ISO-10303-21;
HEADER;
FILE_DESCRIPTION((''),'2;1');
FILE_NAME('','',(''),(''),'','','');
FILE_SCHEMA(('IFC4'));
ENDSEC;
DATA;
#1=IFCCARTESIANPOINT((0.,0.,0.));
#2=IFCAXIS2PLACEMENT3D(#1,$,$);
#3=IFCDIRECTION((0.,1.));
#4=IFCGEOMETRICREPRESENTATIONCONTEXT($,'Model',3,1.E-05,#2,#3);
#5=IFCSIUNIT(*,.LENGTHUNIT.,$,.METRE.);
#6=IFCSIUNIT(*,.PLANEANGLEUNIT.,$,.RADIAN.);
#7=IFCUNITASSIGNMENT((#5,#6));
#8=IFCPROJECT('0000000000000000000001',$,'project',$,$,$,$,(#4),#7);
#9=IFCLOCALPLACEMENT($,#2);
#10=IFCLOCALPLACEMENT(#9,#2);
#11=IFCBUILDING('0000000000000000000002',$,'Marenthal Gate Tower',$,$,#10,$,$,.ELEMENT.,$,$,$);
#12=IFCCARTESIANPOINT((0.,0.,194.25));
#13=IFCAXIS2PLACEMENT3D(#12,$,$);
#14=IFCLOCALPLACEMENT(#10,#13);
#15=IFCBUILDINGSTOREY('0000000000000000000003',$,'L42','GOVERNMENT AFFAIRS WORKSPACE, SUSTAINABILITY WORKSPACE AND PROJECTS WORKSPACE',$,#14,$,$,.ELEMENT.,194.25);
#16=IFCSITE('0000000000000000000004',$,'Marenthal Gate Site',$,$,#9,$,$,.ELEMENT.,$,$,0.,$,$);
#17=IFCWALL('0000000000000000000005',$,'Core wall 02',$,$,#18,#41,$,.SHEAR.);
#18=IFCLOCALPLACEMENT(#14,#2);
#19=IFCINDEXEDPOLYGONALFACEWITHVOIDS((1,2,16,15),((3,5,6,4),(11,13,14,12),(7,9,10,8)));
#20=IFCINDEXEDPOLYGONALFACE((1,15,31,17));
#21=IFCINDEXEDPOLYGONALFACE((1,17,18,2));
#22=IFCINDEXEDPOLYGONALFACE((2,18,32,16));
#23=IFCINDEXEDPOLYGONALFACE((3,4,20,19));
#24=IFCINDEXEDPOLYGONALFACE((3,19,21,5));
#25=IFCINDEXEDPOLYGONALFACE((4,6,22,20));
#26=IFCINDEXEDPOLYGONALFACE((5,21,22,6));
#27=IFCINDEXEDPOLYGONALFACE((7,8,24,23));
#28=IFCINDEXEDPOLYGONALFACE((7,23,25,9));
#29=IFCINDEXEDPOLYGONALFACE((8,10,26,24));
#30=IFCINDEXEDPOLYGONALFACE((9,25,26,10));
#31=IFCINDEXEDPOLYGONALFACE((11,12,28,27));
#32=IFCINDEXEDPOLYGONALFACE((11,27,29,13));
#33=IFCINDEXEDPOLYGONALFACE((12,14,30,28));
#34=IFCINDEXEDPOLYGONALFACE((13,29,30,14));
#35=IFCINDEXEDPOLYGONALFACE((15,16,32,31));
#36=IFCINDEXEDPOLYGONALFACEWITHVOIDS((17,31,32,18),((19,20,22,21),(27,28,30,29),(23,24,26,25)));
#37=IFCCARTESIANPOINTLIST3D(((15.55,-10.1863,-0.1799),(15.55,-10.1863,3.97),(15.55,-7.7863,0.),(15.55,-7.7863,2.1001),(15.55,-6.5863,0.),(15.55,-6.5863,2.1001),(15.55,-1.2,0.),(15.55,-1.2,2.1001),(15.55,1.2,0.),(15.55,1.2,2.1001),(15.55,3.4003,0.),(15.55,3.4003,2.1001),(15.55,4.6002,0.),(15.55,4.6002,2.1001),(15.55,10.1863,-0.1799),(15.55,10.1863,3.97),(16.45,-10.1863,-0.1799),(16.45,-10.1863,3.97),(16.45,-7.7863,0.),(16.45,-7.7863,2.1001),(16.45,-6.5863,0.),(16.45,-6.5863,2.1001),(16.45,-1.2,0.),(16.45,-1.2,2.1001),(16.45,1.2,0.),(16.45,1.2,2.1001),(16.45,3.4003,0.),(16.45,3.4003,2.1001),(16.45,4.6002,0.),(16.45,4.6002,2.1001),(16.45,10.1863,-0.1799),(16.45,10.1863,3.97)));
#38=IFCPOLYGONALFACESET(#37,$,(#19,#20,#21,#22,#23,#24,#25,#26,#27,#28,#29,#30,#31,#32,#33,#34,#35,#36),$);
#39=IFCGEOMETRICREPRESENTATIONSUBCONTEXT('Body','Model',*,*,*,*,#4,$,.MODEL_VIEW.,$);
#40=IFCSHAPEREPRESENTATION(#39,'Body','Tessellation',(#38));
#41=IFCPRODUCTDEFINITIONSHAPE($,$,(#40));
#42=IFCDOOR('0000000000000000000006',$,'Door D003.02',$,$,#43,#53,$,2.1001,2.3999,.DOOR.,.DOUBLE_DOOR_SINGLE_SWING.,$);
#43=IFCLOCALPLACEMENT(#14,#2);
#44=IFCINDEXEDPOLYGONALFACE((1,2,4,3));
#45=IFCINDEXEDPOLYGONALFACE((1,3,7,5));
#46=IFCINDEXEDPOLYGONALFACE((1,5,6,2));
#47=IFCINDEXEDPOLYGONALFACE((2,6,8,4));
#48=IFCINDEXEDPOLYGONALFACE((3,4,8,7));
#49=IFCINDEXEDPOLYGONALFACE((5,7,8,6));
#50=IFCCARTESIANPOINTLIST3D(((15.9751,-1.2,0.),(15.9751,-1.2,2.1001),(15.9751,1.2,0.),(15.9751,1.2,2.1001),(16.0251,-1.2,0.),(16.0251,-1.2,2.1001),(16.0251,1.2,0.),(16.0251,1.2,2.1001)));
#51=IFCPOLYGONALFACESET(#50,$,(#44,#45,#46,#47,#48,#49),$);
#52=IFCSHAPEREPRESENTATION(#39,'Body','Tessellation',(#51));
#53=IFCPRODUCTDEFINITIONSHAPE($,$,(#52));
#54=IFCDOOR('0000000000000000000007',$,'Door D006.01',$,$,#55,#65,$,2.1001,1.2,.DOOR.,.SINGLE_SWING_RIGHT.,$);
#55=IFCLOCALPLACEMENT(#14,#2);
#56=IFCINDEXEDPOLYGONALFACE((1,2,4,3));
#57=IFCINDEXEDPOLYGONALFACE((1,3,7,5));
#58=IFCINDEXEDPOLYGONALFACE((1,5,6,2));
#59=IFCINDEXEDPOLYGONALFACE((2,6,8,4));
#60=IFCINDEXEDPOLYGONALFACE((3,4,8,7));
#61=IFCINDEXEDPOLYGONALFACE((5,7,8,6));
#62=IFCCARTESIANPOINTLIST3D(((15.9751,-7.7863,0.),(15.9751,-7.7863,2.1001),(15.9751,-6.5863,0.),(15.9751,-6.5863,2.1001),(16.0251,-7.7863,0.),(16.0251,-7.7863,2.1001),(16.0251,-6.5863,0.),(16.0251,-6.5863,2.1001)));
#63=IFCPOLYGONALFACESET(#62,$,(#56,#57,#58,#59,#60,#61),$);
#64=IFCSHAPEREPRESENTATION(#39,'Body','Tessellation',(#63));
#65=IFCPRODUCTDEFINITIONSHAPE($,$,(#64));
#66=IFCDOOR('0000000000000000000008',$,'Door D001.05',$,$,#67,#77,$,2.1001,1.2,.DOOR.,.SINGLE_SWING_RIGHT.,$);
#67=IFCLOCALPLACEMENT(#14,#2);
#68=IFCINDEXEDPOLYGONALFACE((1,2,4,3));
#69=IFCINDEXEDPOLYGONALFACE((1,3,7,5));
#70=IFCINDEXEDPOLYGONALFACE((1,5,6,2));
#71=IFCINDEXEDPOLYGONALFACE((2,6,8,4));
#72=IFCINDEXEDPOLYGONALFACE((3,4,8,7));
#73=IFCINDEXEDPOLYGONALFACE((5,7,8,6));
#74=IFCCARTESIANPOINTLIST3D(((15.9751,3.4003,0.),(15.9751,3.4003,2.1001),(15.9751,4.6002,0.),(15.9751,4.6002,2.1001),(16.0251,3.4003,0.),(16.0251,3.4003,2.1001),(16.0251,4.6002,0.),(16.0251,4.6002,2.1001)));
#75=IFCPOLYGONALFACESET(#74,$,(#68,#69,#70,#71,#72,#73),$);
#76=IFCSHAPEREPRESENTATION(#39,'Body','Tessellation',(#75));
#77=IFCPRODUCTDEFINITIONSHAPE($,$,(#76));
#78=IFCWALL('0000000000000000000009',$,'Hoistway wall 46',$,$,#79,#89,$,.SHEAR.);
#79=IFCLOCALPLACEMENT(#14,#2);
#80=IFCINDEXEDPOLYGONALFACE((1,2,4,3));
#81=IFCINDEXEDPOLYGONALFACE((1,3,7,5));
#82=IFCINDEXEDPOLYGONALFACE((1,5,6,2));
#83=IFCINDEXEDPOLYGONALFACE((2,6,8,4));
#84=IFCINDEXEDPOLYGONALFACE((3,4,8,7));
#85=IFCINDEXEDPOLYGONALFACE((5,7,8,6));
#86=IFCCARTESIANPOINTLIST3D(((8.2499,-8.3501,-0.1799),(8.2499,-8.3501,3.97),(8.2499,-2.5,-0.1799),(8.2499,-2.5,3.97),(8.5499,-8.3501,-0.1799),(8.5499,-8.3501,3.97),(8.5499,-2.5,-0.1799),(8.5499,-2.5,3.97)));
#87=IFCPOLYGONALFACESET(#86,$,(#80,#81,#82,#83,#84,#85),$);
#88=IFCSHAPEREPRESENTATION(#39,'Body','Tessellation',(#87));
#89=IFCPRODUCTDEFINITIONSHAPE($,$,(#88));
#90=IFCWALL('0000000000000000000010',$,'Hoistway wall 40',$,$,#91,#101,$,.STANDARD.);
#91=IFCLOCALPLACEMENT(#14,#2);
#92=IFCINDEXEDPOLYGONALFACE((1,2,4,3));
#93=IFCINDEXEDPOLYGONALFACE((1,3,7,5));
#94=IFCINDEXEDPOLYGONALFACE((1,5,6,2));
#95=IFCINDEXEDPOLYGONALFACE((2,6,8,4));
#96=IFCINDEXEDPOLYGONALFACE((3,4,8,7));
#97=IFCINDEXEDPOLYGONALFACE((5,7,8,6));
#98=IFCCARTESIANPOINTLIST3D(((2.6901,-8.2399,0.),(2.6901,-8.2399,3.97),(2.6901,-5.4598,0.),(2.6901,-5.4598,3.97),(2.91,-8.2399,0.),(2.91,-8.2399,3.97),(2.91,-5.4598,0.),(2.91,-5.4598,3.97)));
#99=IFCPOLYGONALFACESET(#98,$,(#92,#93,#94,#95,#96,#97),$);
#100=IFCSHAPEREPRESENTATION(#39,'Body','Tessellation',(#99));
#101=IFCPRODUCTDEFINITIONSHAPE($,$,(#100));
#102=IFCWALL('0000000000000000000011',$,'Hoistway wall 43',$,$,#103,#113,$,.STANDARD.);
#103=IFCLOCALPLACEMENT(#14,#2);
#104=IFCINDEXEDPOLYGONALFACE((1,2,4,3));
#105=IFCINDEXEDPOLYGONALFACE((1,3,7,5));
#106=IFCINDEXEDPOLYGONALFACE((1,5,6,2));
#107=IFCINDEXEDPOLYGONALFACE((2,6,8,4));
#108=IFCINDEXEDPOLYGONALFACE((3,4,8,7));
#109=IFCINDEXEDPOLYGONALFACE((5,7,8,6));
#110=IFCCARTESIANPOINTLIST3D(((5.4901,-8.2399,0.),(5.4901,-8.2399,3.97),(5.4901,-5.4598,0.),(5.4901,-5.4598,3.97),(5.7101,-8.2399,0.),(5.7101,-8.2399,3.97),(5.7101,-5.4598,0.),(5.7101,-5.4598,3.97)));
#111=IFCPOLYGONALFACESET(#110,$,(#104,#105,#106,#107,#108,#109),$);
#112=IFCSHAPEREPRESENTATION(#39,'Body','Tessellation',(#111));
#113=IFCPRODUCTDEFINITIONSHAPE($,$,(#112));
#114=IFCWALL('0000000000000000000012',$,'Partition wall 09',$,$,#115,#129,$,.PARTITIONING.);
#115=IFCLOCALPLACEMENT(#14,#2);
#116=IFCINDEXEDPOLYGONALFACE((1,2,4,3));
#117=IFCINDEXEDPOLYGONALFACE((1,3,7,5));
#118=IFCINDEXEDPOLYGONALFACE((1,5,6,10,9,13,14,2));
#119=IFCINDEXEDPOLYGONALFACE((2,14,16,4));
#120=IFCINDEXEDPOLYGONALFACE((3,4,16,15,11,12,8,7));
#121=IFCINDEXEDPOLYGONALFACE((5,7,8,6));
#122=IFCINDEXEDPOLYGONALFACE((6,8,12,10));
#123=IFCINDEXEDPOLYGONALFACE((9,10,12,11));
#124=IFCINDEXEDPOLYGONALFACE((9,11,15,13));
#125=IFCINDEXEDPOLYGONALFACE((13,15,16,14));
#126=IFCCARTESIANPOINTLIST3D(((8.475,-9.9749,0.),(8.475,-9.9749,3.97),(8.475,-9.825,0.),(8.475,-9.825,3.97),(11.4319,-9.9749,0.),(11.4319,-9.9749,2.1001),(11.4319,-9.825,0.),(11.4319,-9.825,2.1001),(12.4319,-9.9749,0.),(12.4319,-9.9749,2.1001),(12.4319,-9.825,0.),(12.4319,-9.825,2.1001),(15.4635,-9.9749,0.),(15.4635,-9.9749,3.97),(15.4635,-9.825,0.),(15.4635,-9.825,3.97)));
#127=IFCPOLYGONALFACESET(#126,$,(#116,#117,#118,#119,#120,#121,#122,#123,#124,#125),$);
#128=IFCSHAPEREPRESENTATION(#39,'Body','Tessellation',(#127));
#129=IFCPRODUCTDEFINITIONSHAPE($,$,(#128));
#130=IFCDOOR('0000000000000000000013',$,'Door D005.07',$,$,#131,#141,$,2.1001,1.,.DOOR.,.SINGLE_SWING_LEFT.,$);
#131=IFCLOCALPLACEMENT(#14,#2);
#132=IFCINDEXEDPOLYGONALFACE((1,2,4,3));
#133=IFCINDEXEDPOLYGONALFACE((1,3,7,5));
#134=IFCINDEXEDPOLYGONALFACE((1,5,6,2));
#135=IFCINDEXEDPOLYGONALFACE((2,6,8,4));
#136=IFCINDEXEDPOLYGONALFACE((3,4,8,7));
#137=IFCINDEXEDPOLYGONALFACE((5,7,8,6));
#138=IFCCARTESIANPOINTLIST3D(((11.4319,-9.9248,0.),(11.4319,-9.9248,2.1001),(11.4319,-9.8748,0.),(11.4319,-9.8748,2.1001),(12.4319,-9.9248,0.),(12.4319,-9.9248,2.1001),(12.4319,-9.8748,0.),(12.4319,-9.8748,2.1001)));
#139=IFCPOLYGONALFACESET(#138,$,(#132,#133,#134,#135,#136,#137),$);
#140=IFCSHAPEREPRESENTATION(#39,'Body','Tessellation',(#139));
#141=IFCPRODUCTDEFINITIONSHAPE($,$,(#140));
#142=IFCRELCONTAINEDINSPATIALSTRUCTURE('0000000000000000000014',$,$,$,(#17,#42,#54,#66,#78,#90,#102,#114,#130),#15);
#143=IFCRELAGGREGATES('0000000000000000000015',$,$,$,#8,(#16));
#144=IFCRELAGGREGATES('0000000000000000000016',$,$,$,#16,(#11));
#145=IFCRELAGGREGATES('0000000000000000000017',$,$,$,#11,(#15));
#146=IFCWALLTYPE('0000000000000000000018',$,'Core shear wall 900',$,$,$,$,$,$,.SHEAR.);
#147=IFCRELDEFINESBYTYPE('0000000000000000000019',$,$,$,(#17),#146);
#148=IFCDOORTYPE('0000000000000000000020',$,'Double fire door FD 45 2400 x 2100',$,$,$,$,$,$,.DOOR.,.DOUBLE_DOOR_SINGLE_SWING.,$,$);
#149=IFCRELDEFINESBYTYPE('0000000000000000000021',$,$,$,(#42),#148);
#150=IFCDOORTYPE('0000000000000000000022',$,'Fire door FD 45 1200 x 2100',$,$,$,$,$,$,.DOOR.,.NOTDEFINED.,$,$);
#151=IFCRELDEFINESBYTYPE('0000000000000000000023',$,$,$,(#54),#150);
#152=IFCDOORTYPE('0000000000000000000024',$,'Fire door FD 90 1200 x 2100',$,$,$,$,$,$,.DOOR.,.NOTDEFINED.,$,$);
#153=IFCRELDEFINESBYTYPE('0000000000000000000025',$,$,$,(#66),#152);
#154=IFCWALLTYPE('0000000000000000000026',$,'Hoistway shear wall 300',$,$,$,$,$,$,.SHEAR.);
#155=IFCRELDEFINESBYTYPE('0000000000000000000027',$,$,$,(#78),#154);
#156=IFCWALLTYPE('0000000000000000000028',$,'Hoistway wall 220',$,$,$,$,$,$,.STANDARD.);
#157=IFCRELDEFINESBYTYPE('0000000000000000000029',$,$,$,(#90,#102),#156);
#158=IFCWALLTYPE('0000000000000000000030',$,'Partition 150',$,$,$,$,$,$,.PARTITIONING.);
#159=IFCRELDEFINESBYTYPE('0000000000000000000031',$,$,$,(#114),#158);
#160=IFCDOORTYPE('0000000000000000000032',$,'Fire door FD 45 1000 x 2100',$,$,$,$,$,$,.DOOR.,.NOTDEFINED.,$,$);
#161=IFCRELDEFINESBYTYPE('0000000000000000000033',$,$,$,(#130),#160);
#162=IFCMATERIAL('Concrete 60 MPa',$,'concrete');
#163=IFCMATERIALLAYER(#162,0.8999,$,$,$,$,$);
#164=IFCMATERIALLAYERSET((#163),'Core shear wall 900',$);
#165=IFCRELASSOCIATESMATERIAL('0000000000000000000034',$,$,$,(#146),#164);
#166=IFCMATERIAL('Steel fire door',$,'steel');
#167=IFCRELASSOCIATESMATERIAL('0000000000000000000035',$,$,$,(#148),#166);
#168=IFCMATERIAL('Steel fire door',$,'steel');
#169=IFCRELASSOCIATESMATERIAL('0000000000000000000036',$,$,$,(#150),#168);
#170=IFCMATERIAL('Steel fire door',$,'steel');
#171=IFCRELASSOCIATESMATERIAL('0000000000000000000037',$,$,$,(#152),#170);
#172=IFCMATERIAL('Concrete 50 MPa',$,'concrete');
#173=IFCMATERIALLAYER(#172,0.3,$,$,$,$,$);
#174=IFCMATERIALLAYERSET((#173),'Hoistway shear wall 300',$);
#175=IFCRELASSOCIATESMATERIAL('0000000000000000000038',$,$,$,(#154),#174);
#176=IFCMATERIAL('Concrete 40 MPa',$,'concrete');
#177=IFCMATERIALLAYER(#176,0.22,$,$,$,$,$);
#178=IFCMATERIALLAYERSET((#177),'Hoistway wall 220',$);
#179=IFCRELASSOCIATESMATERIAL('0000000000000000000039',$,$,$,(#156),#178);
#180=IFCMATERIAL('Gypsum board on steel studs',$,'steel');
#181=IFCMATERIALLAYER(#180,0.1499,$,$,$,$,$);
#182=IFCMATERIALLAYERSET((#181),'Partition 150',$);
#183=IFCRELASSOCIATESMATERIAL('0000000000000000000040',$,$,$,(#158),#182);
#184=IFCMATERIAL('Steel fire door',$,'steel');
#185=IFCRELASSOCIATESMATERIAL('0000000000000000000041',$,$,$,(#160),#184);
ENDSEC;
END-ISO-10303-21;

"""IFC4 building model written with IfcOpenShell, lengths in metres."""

from ifc_helpers import new_model, si_unit, direction, frame, frame_2d, origin, place, context, subcontext, project, spatial, rectangle, extrude, material, layer, layer_set, type_object, element, fill, save


model = new_model("IFC4")

# Units and contexts
model_context = context("Model", 3, precision=1e-05, world=origin(), true_north=direction((0.0, 1.0)))
body_context = subcontext(model_context, "Body", "Model", "MODEL_VIEW")
ifc_project = project(units=[si_unit("LENGTHUNIT", "METRE"), si_unit("PLANEANGLEUNIT", "RADIAN")], contexts=[model_context])

# Site, building, storey
site_placement = place(None, origin())
site = spatial("IfcSite", under=ifc_project, at=site_placement, Name="Marenthal Gate Site", CompositionType="ELEMENT", RefElevation=0.0)
building_placement = place(site_placement, origin())
building = spatial("IfcBuilding", under=site, at=building_placement, Name="Marenthal Gate Tower", CompositionType="ELEMENT")
storey_placement = place(building_placement, frame((0.0, 0.0, 194.25)))
storey = spatial("IfcBuildingStorey", under=building, at=storey_placement, Name="L42", Description="GOVERNMENT AFFAIRS WORKSPACE, SUSTAINABILITY WORKSPACE AND PROJECTS WORKSPACE", CompositionType="ELEMENT", Elevation=194.25)

# Wall, openings, doors
ifc_material_1 = material(Name="Concrete 60 MPa", Category="concrete")
ifc_layer_1 = layer(ifc_material_1, 0.8999)
ifc_layer_set_1 = layer_set([ifc_layer_1], Name="Core shear wall 900")
wall_type_1 = type_object("IfcWallType", Name="Core shear wall 900", PredefinedType="SHEAR", material=ifc_layer_set_1)
wall_1_placement = place(storey_placement, frame((16.0, -10.1863, -0.1799), z_axis=(0.0, 0.0, 1.0), x_axis=(0.0, 1.0, 0.0)))
wall_1 = element("IfcWall", 1, at=wall_1_placement, inside=storey, type_object=wall_type_1, Name="Core wall 02", PredefinedType="SHEAR", context=body_context, shape_type="SweptSolid", body=[
    extrude(rectangle(XDim=20.3726, YDim=0.8999, at=frame_2d((10.1863, 0.0))), origin(), (0.0, 0.0, 1.0), 4.1499),
])
opening_1_placement = place(wall_1_placement, frame((8.9863, 0.0, 0.1799)))
opening_1 = element("IfcOpeningElement", 2, at=opening_1_placement, cuts=wall_1, PredefinedType="OPENING", context=body_context, shape_type="SweptSolid", body=[
    extrude(rectangle(XDim=2.3999, YDim=2.1001, at=frame_2d((1.2, 1.05))), frame((0.0, 0.46, 0.0), z_axis=(0.0, -1.0, 0.0), x_axis=(1.0, 0.0, 0.0)), (0.0, 0.0, 1.0), 0.9199),
])
opening_2_placement = place(wall_1_placement, frame((13.5864, 0.0, 0.1799)))
opening_2 = element("IfcOpeningElement", 3, at=opening_2_placement, cuts=wall_1, PredefinedType="OPENING", context=body_context, shape_type="SweptSolid", body=[
    extrude(rectangle(XDim=1.2, YDim=2.1001, at=frame_2d((0.6001, 1.05))), frame((0.0, 0.46, 0.0), z_axis=(0.0, -1.0, 0.0), x_axis=(1.0, 0.0, 0.0)), (0.0, 0.0, 1.0), 0.9199),
])
opening_3_placement = place(wall_1_placement, frame((2.3999, 0.0, 0.1799)))
opening_3 = element("IfcOpeningElement", 4, at=opening_3_placement, cuts=wall_1, PredefinedType="OPENING", context=body_context, shape_type="SweptSolid", body=[
    extrude(rectangle(XDim=1.2, YDim=2.1001, at=frame_2d((0.6001, 1.05))), frame((0.0, 0.46, 0.0), z_axis=(0.0, -1.0, 0.0), x_axis=(1.0, 0.0, 0.0)), (0.0, 0.0, 1.0), 0.9199),
])
ifc_material_2 = material(Name="Steel fire door", Category="steel")
door_type_1 = type_object("IfcDoorType", Name="Double fire door FD 45 2400 x 2100", OperationType="DOUBLE_DOOR_SINGLE_SWING", PredefinedType="DOOR", material=ifc_material_2)
door_1_placement = place(opening_1_placement, origin())
door_1 = element("IfcDoor", 5, at=door_1_placement, inside=storey, type_object=door_type_1, Name="Door D003.02", OperationType="DOUBLE_DOOR_SINGLE_SWING", OverallHeight=2.1001, OverallWidth=2.3999, PredefinedType="DOOR", context=body_context, shape_type="SweptSolid", body=[
    extrude(rectangle(XDim=2.3999, YDim=2.1001, at=frame_2d((1.2, 1.05))), frame((0.0, 0.0249, 0.0), z_axis=(0.0, -1.0, 0.0), x_axis=(1.0, 0.0, 0.0)), (0.0, 0.0, 1.0), 0.05),
])
fill(opening_1, door_1)
ifc_material_3 = material(Name="Steel fire door", Category="steel")
door_type_2 = type_object("IfcDoorType", Name="Fire door FD 45 1200 x 2100", OperationType="NOTDEFINED", PredefinedType="DOOR", material=ifc_material_3)
door_2_placement = place(opening_3_placement, origin())
door_2 = element("IfcDoor", 6, at=door_2_placement, inside=storey, type_object=door_type_2, Name="Door D006.01", OperationType="SINGLE_SWING_RIGHT", OverallHeight=2.1001, OverallWidth=1.2, PredefinedType="DOOR", context=body_context, shape_type="SweptSolid", body=[
    extrude(rectangle(XDim=1.2, YDim=2.1001, at=frame_2d((0.6001, 1.05))), frame((0.0, 0.0249, 0.0), z_axis=(0.0, -1.0, 0.0), x_axis=(1.0, 0.0, 0.0)), (0.0, 0.0, 1.0), 0.05),
])
fill(opening_3, door_2)
ifc_material_4 = material(Name="Steel fire door", Category="steel")
door_type_3 = type_object("IfcDoorType", Name="Fire door FD 90 1200 x 2100", OperationType="NOTDEFINED", PredefinedType="DOOR", material=ifc_material_4)
door_3_placement = place(opening_2_placement, origin())
door_3 = element("IfcDoor", 7, at=door_3_placement, inside=storey, type_object=door_type_3, Name="Door D001.05", OperationType="SINGLE_SWING_RIGHT", OverallHeight=2.1001, OverallWidth=1.2, PredefinedType="DOOR", context=body_context, shape_type="SweptSolid", body=[
    extrude(rectangle(XDim=1.2, YDim=2.1001, at=frame_2d((0.6001, 1.05))), frame((0.0, 0.0249, 0.0), z_axis=(0.0, -1.0, 0.0), x_axis=(1.0, 0.0, 0.0)), (0.0, 0.0, 1.0), 0.05),
])
fill(opening_2, door_3)

# Walls
ifc_material_5 = material(Name="Concrete 50 MPa", Category="concrete")
ifc_layer_2 = layer(ifc_material_5, 0.3)
ifc_layer_set_2 = layer_set([ifc_layer_2], Name="Hoistway shear wall 300")
wall_type_2 = type_object("IfcWallType", Name="Hoistway shear wall 300", PredefinedType="SHEAR", material=ifc_layer_set_2)
wall_2_placement = place(storey_placement, frame((8.3999, -8.3501, -0.1799), z_axis=(0.0, 0.0, 1.0), x_axis=(0.0, 1.0, 0.0)))
element("IfcWall", 8, at=wall_2_placement, inside=storey, type_object=wall_type_2, Name="Hoistway wall 46", PredefinedType="SHEAR", context=body_context, shape_type="SweptSolid", body=[
    extrude(rectangle(XDim=5.8501, YDim=0.3, at=frame_2d((2.925, 0.0))), origin(), (0.0, 0.0, 1.0), 4.1499),
])
ifc_material_6 = material(Name="Concrete 40 MPa", Category="concrete")
ifc_layer_3 = layer(ifc_material_6, 0.22)
ifc_layer_set_3 = layer_set([ifc_layer_3], Name="Hoistway wall 220")
wall_type_3 = type_object("IfcWallType", Name="Hoistway wall 220", PredefinedType="STANDARD", material=ifc_layer_set_3)
for number, where, z_axis, x_axis, name in (
    (9, (2.8, -8.24, 0.0), (0.0, 0.0, 1.0), (0.0, 1.0, 0.0), "Hoistway wall 40"),
    (10, (5.6001, -8.24, 0.0), (0.0, 0.0, 1.0), (0.0, 1.0, 0.0), "Hoistway wall 43"),
):
    element("IfcWall", number, at=place(storey_placement, frame(where, z_axis=z_axis, x_axis=x_axis)), inside=storey, type_object=wall_type_3, Name=name, PredefinedType="STANDARD", context=body_context, shape_type="SweptSolid", body=[
        extrude(rectangle(XDim=2.78, YDim=0.22, at=frame_2d((1.3901, 0.0))), origin(), (0.0, 0.0, 1.0), 3.97),
    ])

# Wall, opening, door
ifc_material_7 = material(Name="Gypsum board on steel studs", Category="steel")
ifc_layer_4 = layer(ifc_material_7, 0.1499)
ifc_layer_set_4 = layer_set([ifc_layer_4], Name="Partition 150")
wall_type_4 = type_object("IfcWallType", Name="Partition 150", PredefinedType="PARTITIONING", material=ifc_layer_set_4)
wall_3_placement = place(storey_placement, frame((8.4751, -9.8999, 0.0), z_axis=(0.0, 0.0, 1.0), x_axis=(1.0, 0.0, 0.0)))
wall_3 = element("IfcWall", 11, at=wall_3_placement, inside=storey, type_object=wall_type_4, Name="Partition wall 09", PredefinedType="PARTITIONING", context=body_context, shape_type="SweptSolid", body=[
    extrude(rectangle(XDim=6.9885, YDim=0.1499, at=frame_2d((3.4941, 0.0))), origin(), (0.0, 0.0, 1.0), 3.97),
])
opening_4_placement = place(wall_3_placement, frame((2.9568, 0.0, 0.0)))
opening_4 = element("IfcOpeningElement", 12, at=opening_4_placement, cuts=wall_3, PredefinedType="OPENING", context=body_context, shape_type="SweptSolid", body=[
    extrude(rectangle(XDim=1.0, YDim=2.1001, at=frame_2d((0.5, 1.05))), frame((0.0, 0.085, 0.0), z_axis=(0.0, -1.0, 0.0), x_axis=(1.0, 0.0, 0.0)), (0.0, 0.0, 1.0), 0.1699),
])
ifc_material_8 = material(Name="Steel fire door", Category="steel")
door_type_4 = type_object("IfcDoorType", Name="Fire door FD 45 1000 x 2100", OperationType="NOTDEFINED", PredefinedType="DOOR", material=ifc_material_8)
door_4_placement = place(opening_4_placement, frame((1.0, 0.0, 0.0), z_axis=(0.0, 0.0, 1.0), x_axis=(-1.0, 0.0, 0.0)))
door_4 = element("IfcDoor", 13, at=door_4_placement, inside=storey, type_object=door_type_4, Name="Door D005.07", OperationType="SINGLE_SWING_LEFT", OverallHeight=2.1001, OverallWidth=1.0, PredefinedType="DOOR", context=body_context, shape_type="SweptSolid", body=[
    extrude(rectangle(XDim=1.0, YDim=2.1001, at=frame_2d((0.5, 1.05))), frame((0.0, 0.0249, 0.0), z_axis=(0.0, -1.0, 0.0), x_axis=(1.0, 0.0, 0.0)), (0.0, 0.0, 1.0), 0.05),
])
fill(opening_4, door_4)

save(model, "model.ifc")
